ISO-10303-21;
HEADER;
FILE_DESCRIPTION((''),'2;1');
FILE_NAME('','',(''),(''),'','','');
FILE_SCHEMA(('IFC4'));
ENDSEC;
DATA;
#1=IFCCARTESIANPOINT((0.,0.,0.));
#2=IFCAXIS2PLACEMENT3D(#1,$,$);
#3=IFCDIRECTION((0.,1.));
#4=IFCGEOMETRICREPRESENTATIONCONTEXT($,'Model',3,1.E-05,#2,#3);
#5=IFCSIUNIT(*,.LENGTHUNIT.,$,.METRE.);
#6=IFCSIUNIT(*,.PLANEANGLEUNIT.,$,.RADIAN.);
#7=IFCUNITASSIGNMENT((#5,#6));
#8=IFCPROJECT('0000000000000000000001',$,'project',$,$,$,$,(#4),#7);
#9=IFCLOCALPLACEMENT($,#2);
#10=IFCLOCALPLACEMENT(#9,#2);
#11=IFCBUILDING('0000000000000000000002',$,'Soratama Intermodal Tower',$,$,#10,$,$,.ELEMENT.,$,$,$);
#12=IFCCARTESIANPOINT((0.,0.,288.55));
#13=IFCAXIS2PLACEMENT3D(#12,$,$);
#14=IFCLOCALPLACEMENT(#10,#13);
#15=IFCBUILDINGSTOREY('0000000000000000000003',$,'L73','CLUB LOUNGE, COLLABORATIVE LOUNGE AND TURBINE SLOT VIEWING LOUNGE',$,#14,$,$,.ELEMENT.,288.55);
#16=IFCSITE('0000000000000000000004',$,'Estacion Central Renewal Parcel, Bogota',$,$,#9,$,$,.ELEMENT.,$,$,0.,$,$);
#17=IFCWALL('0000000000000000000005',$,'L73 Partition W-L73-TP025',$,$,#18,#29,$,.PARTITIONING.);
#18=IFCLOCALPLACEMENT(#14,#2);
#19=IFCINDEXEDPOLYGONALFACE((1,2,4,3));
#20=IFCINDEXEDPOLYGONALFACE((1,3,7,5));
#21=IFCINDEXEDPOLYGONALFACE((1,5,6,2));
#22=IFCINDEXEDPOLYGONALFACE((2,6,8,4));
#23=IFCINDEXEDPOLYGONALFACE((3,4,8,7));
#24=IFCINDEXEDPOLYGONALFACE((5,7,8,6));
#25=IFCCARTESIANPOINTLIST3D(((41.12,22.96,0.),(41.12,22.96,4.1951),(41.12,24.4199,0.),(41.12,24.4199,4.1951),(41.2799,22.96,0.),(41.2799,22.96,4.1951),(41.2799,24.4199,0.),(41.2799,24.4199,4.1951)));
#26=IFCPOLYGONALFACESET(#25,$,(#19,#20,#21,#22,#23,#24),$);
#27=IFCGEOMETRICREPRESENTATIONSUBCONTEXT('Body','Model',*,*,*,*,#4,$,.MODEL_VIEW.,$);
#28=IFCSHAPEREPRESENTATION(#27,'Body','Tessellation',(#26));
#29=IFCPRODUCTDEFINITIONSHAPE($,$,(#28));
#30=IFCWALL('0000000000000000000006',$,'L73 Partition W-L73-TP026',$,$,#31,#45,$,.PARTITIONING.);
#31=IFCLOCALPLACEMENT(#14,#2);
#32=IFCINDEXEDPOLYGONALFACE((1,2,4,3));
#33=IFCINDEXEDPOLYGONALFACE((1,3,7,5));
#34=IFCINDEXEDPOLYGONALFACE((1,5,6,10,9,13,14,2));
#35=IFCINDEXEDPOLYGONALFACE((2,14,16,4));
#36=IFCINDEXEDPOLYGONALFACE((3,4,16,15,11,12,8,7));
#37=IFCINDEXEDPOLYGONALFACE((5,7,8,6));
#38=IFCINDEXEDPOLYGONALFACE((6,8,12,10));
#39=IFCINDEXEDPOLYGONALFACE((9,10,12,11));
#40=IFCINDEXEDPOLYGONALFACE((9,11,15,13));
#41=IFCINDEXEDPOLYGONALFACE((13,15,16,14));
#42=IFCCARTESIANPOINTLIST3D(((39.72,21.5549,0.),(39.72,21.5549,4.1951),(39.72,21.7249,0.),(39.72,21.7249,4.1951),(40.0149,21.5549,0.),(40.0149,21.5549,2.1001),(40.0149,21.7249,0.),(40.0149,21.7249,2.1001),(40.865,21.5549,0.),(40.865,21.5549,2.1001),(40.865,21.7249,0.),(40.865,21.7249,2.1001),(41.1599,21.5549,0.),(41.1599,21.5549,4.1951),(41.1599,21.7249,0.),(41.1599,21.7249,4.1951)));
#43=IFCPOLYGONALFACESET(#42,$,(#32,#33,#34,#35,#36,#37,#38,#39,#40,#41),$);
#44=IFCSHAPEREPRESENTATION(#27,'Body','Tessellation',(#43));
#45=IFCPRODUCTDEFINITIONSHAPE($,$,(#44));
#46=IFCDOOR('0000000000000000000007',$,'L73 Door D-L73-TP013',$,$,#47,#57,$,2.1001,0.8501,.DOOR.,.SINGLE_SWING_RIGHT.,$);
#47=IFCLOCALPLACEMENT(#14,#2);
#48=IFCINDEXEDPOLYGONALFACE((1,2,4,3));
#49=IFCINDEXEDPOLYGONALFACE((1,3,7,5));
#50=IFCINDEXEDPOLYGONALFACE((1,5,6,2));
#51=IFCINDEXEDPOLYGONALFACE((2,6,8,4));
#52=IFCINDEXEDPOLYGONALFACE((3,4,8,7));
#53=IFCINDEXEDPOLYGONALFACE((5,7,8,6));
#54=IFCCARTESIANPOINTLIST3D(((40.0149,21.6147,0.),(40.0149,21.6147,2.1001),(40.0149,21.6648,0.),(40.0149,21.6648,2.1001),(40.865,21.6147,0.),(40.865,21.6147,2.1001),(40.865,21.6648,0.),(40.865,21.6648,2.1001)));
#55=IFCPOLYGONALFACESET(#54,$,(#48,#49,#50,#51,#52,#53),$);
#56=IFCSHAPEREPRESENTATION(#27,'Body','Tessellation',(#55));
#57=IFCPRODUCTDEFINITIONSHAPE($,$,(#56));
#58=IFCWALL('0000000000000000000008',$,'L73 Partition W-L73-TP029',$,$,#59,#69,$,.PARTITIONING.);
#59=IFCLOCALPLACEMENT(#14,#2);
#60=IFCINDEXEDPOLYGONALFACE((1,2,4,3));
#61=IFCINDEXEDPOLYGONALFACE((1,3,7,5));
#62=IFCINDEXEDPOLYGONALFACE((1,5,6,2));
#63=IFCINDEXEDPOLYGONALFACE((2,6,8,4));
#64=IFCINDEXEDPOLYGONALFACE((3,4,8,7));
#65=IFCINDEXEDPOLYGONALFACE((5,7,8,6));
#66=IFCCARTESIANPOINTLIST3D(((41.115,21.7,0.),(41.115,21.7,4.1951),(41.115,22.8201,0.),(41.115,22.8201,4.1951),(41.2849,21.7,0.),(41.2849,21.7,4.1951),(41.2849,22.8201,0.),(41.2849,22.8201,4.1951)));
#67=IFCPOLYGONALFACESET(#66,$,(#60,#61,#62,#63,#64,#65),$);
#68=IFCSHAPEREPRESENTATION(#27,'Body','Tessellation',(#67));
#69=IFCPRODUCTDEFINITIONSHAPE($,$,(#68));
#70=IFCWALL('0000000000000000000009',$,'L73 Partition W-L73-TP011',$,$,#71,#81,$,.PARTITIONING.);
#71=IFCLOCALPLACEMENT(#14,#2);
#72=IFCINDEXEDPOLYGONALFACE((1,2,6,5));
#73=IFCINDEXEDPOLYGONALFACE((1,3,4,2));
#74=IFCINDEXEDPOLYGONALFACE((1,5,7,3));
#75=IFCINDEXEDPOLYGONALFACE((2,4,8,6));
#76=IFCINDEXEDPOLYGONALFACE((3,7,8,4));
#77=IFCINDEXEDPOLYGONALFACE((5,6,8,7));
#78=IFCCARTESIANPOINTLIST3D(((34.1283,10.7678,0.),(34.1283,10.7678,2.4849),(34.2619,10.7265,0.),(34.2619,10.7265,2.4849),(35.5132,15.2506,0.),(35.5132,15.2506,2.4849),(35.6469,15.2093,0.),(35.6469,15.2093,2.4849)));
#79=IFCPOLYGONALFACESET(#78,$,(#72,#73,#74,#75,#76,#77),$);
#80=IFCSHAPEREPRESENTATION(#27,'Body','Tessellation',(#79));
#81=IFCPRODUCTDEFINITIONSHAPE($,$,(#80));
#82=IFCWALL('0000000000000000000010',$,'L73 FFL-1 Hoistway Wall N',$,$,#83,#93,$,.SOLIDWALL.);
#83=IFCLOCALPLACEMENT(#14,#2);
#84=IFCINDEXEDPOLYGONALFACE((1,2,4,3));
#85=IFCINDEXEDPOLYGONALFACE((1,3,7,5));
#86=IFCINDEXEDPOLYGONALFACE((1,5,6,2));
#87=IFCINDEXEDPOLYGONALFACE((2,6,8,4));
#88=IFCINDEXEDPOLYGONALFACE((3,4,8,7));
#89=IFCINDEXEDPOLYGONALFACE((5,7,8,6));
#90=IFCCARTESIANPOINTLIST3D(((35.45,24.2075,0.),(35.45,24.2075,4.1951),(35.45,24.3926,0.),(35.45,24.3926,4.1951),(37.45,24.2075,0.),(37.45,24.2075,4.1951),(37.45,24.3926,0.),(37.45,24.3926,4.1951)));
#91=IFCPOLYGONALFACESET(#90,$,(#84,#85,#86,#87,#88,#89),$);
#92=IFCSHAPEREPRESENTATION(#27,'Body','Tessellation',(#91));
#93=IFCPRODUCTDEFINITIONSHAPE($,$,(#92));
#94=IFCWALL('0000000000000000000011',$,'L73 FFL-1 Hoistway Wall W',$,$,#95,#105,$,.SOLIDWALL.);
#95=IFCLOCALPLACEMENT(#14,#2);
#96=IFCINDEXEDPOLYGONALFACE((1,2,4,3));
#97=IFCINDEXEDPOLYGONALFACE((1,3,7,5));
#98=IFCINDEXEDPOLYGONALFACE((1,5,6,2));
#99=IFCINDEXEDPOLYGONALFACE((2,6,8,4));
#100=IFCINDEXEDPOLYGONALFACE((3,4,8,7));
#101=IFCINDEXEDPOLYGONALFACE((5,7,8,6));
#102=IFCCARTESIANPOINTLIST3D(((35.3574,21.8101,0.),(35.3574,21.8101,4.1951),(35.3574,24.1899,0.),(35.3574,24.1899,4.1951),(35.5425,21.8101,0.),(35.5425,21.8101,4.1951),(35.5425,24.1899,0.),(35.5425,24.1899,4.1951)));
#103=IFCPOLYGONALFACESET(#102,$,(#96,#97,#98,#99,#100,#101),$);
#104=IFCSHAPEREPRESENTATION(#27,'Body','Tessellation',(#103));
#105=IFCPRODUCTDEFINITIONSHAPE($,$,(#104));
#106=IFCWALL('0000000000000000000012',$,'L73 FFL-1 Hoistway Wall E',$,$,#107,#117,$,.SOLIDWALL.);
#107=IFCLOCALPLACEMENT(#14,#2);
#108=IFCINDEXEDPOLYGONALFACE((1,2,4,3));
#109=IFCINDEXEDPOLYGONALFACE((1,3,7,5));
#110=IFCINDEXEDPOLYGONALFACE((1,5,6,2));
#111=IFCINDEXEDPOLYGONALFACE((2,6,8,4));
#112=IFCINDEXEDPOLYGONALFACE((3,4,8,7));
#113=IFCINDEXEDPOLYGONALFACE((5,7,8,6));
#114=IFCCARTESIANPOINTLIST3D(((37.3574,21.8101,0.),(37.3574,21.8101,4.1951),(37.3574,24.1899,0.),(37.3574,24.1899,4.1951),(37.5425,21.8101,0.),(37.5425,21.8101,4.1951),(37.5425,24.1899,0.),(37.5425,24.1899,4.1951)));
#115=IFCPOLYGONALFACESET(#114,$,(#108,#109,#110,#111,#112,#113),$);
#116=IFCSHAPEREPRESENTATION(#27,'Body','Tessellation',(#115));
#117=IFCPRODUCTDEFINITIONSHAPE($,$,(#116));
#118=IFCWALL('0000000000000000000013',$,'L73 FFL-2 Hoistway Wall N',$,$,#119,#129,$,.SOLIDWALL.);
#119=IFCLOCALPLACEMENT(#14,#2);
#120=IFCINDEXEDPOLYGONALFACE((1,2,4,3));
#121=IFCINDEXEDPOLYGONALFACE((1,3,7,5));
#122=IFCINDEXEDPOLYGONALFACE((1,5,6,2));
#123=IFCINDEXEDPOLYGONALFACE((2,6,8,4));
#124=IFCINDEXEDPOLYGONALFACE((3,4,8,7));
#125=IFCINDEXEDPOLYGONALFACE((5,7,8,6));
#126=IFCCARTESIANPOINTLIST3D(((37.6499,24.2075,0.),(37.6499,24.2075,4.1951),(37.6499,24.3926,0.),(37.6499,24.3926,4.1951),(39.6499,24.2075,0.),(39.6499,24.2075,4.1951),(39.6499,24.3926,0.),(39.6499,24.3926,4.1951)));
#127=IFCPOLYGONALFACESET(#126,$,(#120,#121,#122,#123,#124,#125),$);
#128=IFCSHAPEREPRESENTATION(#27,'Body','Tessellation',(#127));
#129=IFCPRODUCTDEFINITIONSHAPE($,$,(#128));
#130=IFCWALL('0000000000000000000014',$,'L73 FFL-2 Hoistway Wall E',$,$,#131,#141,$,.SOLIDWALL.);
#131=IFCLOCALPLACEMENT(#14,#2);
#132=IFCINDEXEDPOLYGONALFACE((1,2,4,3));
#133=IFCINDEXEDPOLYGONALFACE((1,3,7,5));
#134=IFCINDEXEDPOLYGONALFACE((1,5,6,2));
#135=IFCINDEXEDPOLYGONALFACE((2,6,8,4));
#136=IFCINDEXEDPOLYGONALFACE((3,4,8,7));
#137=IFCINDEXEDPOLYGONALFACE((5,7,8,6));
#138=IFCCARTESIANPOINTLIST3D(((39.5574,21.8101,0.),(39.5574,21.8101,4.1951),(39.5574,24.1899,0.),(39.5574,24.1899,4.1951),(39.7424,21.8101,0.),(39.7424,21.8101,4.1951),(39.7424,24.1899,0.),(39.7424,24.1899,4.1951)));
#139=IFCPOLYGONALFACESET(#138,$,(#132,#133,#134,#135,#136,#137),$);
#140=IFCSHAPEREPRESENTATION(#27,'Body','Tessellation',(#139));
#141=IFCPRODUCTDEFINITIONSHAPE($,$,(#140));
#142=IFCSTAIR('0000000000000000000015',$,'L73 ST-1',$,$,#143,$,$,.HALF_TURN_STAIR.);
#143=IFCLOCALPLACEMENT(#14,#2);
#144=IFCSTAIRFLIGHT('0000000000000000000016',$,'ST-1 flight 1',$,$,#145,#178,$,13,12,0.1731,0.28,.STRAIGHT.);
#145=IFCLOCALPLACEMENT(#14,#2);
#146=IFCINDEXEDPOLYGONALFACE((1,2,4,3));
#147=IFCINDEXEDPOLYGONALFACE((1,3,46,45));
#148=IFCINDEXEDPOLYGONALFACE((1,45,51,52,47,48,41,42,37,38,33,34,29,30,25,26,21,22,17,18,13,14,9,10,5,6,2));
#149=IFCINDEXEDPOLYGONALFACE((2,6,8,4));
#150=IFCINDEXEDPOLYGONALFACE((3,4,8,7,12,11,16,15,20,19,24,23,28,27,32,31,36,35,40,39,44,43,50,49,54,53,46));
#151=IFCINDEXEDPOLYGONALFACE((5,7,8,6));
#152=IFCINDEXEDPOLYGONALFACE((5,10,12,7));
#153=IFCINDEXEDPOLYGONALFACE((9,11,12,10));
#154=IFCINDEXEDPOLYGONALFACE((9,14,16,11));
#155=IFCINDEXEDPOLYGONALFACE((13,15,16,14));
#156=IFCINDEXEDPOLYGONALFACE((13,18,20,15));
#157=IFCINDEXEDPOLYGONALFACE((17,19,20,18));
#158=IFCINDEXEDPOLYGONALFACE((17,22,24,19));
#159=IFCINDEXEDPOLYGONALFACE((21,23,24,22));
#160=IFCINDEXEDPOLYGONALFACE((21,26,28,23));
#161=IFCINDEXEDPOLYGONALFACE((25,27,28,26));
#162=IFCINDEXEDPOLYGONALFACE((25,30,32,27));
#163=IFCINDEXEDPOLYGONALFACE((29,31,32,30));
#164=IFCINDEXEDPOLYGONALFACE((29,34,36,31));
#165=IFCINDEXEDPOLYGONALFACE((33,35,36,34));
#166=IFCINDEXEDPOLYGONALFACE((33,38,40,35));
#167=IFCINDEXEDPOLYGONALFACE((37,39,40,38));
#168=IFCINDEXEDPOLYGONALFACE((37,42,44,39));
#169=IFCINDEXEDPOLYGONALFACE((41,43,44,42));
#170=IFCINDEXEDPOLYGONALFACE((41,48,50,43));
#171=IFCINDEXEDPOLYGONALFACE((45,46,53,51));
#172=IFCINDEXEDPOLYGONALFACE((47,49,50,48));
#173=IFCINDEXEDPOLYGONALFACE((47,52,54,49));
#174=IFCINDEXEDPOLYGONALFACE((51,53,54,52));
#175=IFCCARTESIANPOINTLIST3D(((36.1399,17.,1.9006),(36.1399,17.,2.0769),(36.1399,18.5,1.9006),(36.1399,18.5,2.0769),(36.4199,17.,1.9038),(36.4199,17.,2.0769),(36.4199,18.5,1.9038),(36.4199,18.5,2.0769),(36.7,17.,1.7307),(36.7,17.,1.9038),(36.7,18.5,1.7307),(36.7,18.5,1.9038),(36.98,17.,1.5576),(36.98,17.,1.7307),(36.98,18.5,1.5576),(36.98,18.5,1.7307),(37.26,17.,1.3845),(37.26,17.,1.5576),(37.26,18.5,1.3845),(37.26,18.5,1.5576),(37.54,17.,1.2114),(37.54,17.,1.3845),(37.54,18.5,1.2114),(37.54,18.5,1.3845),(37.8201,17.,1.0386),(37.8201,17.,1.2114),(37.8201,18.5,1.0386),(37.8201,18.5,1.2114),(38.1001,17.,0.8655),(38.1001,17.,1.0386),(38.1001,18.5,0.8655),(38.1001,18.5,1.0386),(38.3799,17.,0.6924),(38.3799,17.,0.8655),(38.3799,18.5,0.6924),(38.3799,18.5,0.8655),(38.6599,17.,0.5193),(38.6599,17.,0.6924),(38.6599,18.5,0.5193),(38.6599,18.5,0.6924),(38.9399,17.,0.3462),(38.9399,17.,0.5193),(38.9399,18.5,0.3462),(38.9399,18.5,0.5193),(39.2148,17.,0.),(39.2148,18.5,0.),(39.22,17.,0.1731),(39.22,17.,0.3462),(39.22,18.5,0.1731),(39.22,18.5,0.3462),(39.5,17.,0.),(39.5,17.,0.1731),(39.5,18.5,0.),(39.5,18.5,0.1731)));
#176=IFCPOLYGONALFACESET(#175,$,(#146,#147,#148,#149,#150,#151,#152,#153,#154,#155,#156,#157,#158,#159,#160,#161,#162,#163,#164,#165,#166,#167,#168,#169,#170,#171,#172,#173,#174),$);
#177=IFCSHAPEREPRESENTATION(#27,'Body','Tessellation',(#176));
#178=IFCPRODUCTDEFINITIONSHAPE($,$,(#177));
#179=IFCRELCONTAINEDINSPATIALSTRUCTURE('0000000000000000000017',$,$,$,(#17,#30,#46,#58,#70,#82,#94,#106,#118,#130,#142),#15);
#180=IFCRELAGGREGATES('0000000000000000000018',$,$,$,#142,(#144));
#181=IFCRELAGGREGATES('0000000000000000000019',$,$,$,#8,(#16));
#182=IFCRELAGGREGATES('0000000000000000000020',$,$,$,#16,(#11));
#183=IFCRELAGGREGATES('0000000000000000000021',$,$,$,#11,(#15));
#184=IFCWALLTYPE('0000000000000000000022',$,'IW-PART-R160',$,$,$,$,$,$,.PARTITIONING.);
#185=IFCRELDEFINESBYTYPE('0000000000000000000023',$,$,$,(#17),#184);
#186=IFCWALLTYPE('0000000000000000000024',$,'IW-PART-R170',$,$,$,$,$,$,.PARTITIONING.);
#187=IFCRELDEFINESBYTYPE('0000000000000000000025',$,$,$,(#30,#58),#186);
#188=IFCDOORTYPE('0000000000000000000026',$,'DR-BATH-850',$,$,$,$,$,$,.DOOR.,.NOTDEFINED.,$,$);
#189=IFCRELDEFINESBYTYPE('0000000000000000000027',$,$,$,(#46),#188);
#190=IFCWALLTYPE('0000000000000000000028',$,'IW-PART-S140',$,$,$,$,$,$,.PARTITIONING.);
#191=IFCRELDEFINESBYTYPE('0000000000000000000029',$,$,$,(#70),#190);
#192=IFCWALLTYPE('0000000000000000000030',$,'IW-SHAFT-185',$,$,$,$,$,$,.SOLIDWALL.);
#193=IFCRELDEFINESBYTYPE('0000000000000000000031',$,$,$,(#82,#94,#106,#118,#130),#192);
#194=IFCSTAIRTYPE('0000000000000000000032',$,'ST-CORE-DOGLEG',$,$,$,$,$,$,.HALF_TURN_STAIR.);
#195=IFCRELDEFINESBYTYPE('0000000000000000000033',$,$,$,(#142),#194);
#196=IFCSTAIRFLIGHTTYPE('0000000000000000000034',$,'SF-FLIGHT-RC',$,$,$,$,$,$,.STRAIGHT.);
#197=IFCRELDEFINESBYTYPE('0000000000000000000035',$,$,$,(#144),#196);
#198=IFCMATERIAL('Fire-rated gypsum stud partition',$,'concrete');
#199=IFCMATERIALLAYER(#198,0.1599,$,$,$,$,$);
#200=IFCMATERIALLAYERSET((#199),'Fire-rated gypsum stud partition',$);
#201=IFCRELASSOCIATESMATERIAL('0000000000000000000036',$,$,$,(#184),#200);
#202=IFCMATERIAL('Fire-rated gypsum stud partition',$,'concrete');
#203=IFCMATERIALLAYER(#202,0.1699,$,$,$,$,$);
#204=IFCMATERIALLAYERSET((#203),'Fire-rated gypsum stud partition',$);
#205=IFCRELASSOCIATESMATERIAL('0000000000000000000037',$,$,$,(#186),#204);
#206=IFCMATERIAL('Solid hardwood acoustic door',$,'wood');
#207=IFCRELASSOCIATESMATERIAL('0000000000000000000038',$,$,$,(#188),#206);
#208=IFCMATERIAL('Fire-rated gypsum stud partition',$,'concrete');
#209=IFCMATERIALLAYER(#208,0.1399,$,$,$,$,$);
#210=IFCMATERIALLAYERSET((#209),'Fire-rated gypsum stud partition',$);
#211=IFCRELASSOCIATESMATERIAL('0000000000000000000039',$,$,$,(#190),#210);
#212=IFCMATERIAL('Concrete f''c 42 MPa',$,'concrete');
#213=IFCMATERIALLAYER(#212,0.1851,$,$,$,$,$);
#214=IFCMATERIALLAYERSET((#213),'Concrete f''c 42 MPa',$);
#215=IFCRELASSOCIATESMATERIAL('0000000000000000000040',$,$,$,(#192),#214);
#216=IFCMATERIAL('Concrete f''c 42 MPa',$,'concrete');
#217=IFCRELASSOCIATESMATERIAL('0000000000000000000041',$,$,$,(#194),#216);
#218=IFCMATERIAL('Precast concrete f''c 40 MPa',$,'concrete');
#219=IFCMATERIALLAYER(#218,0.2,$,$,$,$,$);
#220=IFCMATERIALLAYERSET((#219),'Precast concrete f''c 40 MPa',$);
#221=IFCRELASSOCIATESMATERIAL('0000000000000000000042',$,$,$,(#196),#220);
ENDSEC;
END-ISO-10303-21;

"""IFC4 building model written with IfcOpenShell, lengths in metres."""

from ifc_helpers import new_model, si_unit, direction, frame, frame_2d, origin, place, context, subcontext, project, spatial, polyline, rectangle, outline, extrude, material, layer, layer_set, type_object, element, fill, aggregate, save


model = new_model("IFC4")

# Units and contexts
model_context = context("Model", 3, precision=1e-05, world=origin(), true_north=direction((0.0, 1.0)))
body_context = subcontext(model_context, "Body", "Model", "MODEL_VIEW")
ifc_project = project(units=[si_unit("LENGTHUNIT", "METRE"), si_unit("PLANEANGLEUNIT", "RADIAN")], contexts=[model_context])

# Site, building, storey
site_placement = place(None, origin())
site = spatial("IfcSite", under=ifc_project, at=site_placement, Name="Estacion Central Renewal Parcel, Bogota", CompositionType="ELEMENT", RefElevation=0.0)
building_placement = place(site_placement, origin())
building = spatial("IfcBuilding", under=site, at=building_placement, Name="Soratama Intermodal Tower", CompositionType="ELEMENT")
storey_placement = place(building_placement, frame((0.0, 0.0, 288.55)))
storey = spatial("IfcBuildingStorey", under=building, at=storey_placement, Name="L73", Description="CLUB LOUNGE, COLLABORATIVE LOUNGE AND TURBINE SLOT VIEWING LOUNGE", CompositionType="ELEMENT", Elevation=288.55)

# Wall
ifc_material_1 = material(Name="Fire-rated gypsum stud partition", Category="concrete")
ifc_layer_1 = layer(ifc_material_1, 0.1599)
ifc_layer_set_1 = layer_set([ifc_layer_1], Name="Fire-rated gypsum stud partition")
wall_type_1 = type_object("IfcWallType", Name="IW-PART-R160", PredefinedType="PARTITIONING", material=ifc_layer_set_1)
wall_1_placement = place(storey_placement, frame((41.2, 22.96, 0.0), z_axis=(0.0, 0.0, 1.0), x_axis=(0.0, 1.0, 0.0)))
element("IfcWall", 1, at=wall_1_placement, inside=storey, type_object=wall_type_1, Name="L73 Partition W-L73-TP025", PredefinedType="PARTITIONING", context=body_context, shape_type="SweptSolid", body=[
    extrude(rectangle(XDim=1.46, YDim=0.1599, at=frame_2d((0.73, 0.0))), origin(), (0.0, 0.0, 1.0), 4.1951),
])

# Wall, opening, door
ifc_material_2 = material(Name="Fire-rated gypsum stud partition", Category="concrete")
ifc_layer_2 = layer(ifc_material_2, 0.1699)
ifc_layer_set_2 = layer_set([ifc_layer_2], Name="Fire-rated gypsum stud partition")
wall_type_2 = type_object("IfcWallType", Name="IW-PART-R170", PredefinedType="PARTITIONING", material=ifc_layer_set_2)
wall_2_placement = place(storey_placement, frame((39.72, 21.6399, 0.0), z_axis=(0.0, 0.0, 1.0), x_axis=(1.0, 0.0, 0.0)))
wall_2 = element("IfcWall", 2, at=wall_2_placement, inside=storey, type_object=wall_type_2, Name="L73 Partition W-L73-TP026", PredefinedType="PARTITIONING", context=body_context, shape_type="SweptSolid", body=[
    extrude(rectangle(XDim=1.4399, YDim=0.1699, at=frame_2d((0.72, 0.0))), origin(), (0.0, 0.0, 1.0), 4.1951),
])
opening_1_placement = place(wall_2_placement, frame((0.2949, 0.0, 0.0)))
opening_1 = element("IfcOpeningElement", 3, at=opening_1_placement, cuts=wall_2, PredefinedType="OPENING", context=body_context, shape_type="SweptSolid", body=[
    extrude(rectangle(XDim=0.8501, YDim=2.1001, at=frame_2d((0.425, 1.05))), frame((0.0, 0.095, 0.0), z_axis=(0.0, -1.0, 0.0), x_axis=(1.0, 0.0, 0.0)), (0.0, 0.0, 1.0), 0.1899),
])
ifc_material_3 = material(Name="Solid hardwood acoustic door", Category="wood")
door_type_1 = type_object("IfcDoorType", Name="DR-BATH-850", OperationType="NOTDEFINED", PredefinedType="DOOR", material=ifc_material_3)
door_1_placement = place(opening_1_placement, origin())
door_1 = element("IfcDoor", 4, at=door_1_placement, inside=storey, type_object=door_type_1, Name="L73 Door D-L73-TP013", OperationType="SINGLE_SWING_RIGHT", OverallHeight=2.1001, OverallWidth=0.8501, PredefinedType="DOOR", context=body_context, shape_type="SweptSolid", body=[
    extrude(rectangle(XDim=0.8501, YDim=2.1001, at=frame_2d((0.425, 1.05))), frame((0.0, 0.0249, 0.0), z_axis=(0.0, -1.0, 0.0), x_axis=(1.0, 0.0, 0.0)), (0.0, 0.0, 1.0), 0.05),
])
fill(opening_1, door_1)

# Walls
wall_3_placement = place(storey_placement, frame((41.2, 21.7, 0.0), z_axis=(0.0, 0.0, 1.0), x_axis=(0.0, 1.0, 0.0)))
element("IfcWall", 5, at=wall_3_placement, inside=storey, type_object=wall_type_2, Name="L73 Partition W-L73-TP029", PredefinedType="PARTITIONING", context=body_context, shape_type="SweptSolid", body=[
    extrude(rectangle(XDim=1.1201, YDim=0.1699, at=frame_2d((0.5601, 0.0))), origin(), (0.0, 0.0, 1.0), 4.1951),
])
ifc_material_4 = material(Name="Fire-rated gypsum stud partition", Category="concrete")
ifc_layer_3 = layer(ifc_material_4, 0.1399)
ifc_layer_set_3 = layer_set([ifc_layer_3], Name="Fire-rated gypsum stud partition")
wall_type_3 = type_object("IfcWallType", Name="IW-PART-S140", PredefinedType="PARTITIONING", material=ifc_layer_set_3)
wall_4_placement = place(storey_placement, frame((35.5801, 15.23, 0.0), z_axis=(0.0, 0.0, 1.0), x_axis=(-0.295186, -0.95544, 0.0)))
element("IfcWall", 6, at=wall_4_placement, inside=storey, type_object=wall_type_3, Name="L73 Partition W-L73-TP011", PredefinedType="PARTITIONING", context=body_context, shape_type="SweptSolid", body=[
    extrude(rectangle(XDim=4.6919, YDim=0.1399, at=frame_2d((2.3459, 0.0))), origin(), (0.0, 0.0, 1.0), 2.4849),
])

# Shared definitions
ifc_material_5 = material(Name="Concrete f'c 42 MPa", Category="concrete")
ifc_layer_4 = layer(ifc_material_5, 0.1851)
ifc_layer_set_4 = layer_set([ifc_layer_4], Name="Concrete f'c 42 MPa")
wall_type_4 = type_object("IfcWallType", Name="IW-SHAFT-185", PredefinedType="SOLIDWALL", material=ifc_layer_set_4)

# Walls
wall_5_placement = place(storey_placement, frame((35.45, 24.3, 0.0), z_axis=(0.0, 0.0, 1.0), x_axis=(1.0, 0.0, 0.0)))
element("IfcWall", 7, at=wall_5_placement, inside=storey, type_object=wall_type_4, Name="L73 FFL-1 Hoistway Wall N", PredefinedType="SOLIDWALL", context=body_context, shape_type="SweptSolid", body=[
    extrude(rectangle(XDim=2.0, YDim=0.1851, at=frame_2d((1.0, 0.0))), origin(), (0.0, 0.0, 1.0), 4.1951),
])
for number, where, z_axis, x_axis, name in (
    (8, (35.45, 21.8101, 0.0), (0.0, 0.0, 1.0), (0.0, 1.0, 0.0), "L73 FFL-1 Hoistway Wall W"),
    (9, (37.45, 21.8101, 0.0), (0.0, 0.0, 1.0), (0.0, 1.0, 0.0), "L73 FFL-1 Hoistway Wall E"),
):
    element("IfcWall", number, at=place(storey_placement, frame(where, z_axis=z_axis, x_axis=x_axis)), inside=storey, type_object=wall_type_4, Name=name, PredefinedType="SOLIDWALL", context=body_context, shape_type="SweptSolid", body=[
        extrude(rectangle(XDim=2.3799, YDim=0.1851, at=frame_2d((1.1899, 0.0))), origin(), (0.0, 0.0, 1.0), 4.1951),
    ])

# Walls
wall_6_placement = place(storey_placement, frame((37.6499, 24.3, 0.0), z_axis=(0.0, 0.0, 1.0), x_axis=(1.0, 0.0, 0.0)))
element("IfcWall", 10, at=wall_6_placement, inside=storey, type_object=wall_type_4, Name="L73 FFL-2 Hoistway Wall N", PredefinedType="SOLIDWALL", context=body_context, shape_type="SweptSolid", body=[
    extrude(rectangle(XDim=2.0, YDim=0.1851, at=frame_2d((1.0, 0.0))), origin(), (0.0, 0.0, 1.0), 4.1951),
])
wall_7_placement = place(storey_placement, frame((39.6499, 21.8101, 0.0), z_axis=(0.0, 0.0, 1.0), x_axis=(0.0, 1.0, 0.0)))
element("IfcWall", 11, at=wall_7_placement, inside=storey, type_object=wall_type_4, Name="L73 FFL-2 Hoistway Wall E", PredefinedType="SOLIDWALL", context=body_context, shape_type="SweptSolid", body=[
    extrude(rectangle(XDim=2.3799, YDim=0.1851, at=frame_2d((1.1899, 0.0))), origin(), (0.0, 0.0, 1.0), 4.1951),
])

# Stair, stair flight
ifc_material_6 = material(Name="Concrete f'c 42 MPa", Category="concrete")
stair_type = type_object("IfcStairType", Name="ST-CORE-DOGLEG", PredefinedType="HALF_TURN_STAIR", material=ifc_material_6)
stair_placement = place(storey_placement, origin())
stair = element("IfcStair", 12, at=stair_placement, inside=storey, type_object=stair_type, Name="L73 ST-1", PredefinedType="HALF_TURN_STAIR")
ifc_material_7 = material(Name="Precast concrete f'c 40 MPa", Category="concrete")
ifc_layer_5 = layer(ifc_material_7, 0.2)
ifc_layer_set_5 = layer_set([ifc_layer_5], Name="Precast concrete f'c 40 MPa")
stair_flight_type = type_object("IfcStairFlightType", Name="SF-FLIGHT-RC", PredefinedType="STRAIGHT", material=ifc_layer_set_5)
stair_flight_1_placement = place(storey_placement, frame((39.5, 17.75, 0.0), z_axis=(0.0, 0.0, 1.0), x_axis=(-1.0, 0.0, 0.0)))
stair_flight_1 = element("IfcStairFlight", 13, at=stair_flight_1_placement, type_object=stair_flight_type, Name="ST-1 flight 1", NumberOfRisers=13, NumberOfTreads=12, PredefinedType="STRAIGHT", RiserHeight=0.1731, TreadLength=0.28, context=body_context, shape_type="SweptSolid", body=[
    extrude(outline(polyline([(0.0, 0.0), (0.0, 0.1731), (0.28, 0.1731), (0.28, 0.3462), (0.5601, 0.3462), (0.5601, 0.5193), (0.8401, 0.5193), (0.8401, 0.6924), (1.1201, 0.6924), (1.1201, 0.8655), (1.3999, 0.8655), (1.3999, 1.0386), (1.6799, 1.0386), (1.6799, 1.2114), (1.96, 1.2114), (1.96, 1.3845), (2.24, 1.3845), (2.24, 1.5576), (2.52, 1.5576), (2.52, 1.7307), (2.8, 1.7307), (2.8, 1.9038), (3.0801, 1.9038), (3.0801, 2.0769), (3.3601, 2.0769), (3.3601, 2.25), (3.3601, 1.9006), (0.2852, 0.0), (0.0, 0.0)])), frame((0.0, 0.75, 0.0), z_axis=(0.0, -1.0, 0.0), x_axis=(1.0, 0.0, 0.0)), (0.0, 0.0, 1.0), 1.5),
])
aggregate(stair, [stair_flight_1])

save(model, "model.ifc")
